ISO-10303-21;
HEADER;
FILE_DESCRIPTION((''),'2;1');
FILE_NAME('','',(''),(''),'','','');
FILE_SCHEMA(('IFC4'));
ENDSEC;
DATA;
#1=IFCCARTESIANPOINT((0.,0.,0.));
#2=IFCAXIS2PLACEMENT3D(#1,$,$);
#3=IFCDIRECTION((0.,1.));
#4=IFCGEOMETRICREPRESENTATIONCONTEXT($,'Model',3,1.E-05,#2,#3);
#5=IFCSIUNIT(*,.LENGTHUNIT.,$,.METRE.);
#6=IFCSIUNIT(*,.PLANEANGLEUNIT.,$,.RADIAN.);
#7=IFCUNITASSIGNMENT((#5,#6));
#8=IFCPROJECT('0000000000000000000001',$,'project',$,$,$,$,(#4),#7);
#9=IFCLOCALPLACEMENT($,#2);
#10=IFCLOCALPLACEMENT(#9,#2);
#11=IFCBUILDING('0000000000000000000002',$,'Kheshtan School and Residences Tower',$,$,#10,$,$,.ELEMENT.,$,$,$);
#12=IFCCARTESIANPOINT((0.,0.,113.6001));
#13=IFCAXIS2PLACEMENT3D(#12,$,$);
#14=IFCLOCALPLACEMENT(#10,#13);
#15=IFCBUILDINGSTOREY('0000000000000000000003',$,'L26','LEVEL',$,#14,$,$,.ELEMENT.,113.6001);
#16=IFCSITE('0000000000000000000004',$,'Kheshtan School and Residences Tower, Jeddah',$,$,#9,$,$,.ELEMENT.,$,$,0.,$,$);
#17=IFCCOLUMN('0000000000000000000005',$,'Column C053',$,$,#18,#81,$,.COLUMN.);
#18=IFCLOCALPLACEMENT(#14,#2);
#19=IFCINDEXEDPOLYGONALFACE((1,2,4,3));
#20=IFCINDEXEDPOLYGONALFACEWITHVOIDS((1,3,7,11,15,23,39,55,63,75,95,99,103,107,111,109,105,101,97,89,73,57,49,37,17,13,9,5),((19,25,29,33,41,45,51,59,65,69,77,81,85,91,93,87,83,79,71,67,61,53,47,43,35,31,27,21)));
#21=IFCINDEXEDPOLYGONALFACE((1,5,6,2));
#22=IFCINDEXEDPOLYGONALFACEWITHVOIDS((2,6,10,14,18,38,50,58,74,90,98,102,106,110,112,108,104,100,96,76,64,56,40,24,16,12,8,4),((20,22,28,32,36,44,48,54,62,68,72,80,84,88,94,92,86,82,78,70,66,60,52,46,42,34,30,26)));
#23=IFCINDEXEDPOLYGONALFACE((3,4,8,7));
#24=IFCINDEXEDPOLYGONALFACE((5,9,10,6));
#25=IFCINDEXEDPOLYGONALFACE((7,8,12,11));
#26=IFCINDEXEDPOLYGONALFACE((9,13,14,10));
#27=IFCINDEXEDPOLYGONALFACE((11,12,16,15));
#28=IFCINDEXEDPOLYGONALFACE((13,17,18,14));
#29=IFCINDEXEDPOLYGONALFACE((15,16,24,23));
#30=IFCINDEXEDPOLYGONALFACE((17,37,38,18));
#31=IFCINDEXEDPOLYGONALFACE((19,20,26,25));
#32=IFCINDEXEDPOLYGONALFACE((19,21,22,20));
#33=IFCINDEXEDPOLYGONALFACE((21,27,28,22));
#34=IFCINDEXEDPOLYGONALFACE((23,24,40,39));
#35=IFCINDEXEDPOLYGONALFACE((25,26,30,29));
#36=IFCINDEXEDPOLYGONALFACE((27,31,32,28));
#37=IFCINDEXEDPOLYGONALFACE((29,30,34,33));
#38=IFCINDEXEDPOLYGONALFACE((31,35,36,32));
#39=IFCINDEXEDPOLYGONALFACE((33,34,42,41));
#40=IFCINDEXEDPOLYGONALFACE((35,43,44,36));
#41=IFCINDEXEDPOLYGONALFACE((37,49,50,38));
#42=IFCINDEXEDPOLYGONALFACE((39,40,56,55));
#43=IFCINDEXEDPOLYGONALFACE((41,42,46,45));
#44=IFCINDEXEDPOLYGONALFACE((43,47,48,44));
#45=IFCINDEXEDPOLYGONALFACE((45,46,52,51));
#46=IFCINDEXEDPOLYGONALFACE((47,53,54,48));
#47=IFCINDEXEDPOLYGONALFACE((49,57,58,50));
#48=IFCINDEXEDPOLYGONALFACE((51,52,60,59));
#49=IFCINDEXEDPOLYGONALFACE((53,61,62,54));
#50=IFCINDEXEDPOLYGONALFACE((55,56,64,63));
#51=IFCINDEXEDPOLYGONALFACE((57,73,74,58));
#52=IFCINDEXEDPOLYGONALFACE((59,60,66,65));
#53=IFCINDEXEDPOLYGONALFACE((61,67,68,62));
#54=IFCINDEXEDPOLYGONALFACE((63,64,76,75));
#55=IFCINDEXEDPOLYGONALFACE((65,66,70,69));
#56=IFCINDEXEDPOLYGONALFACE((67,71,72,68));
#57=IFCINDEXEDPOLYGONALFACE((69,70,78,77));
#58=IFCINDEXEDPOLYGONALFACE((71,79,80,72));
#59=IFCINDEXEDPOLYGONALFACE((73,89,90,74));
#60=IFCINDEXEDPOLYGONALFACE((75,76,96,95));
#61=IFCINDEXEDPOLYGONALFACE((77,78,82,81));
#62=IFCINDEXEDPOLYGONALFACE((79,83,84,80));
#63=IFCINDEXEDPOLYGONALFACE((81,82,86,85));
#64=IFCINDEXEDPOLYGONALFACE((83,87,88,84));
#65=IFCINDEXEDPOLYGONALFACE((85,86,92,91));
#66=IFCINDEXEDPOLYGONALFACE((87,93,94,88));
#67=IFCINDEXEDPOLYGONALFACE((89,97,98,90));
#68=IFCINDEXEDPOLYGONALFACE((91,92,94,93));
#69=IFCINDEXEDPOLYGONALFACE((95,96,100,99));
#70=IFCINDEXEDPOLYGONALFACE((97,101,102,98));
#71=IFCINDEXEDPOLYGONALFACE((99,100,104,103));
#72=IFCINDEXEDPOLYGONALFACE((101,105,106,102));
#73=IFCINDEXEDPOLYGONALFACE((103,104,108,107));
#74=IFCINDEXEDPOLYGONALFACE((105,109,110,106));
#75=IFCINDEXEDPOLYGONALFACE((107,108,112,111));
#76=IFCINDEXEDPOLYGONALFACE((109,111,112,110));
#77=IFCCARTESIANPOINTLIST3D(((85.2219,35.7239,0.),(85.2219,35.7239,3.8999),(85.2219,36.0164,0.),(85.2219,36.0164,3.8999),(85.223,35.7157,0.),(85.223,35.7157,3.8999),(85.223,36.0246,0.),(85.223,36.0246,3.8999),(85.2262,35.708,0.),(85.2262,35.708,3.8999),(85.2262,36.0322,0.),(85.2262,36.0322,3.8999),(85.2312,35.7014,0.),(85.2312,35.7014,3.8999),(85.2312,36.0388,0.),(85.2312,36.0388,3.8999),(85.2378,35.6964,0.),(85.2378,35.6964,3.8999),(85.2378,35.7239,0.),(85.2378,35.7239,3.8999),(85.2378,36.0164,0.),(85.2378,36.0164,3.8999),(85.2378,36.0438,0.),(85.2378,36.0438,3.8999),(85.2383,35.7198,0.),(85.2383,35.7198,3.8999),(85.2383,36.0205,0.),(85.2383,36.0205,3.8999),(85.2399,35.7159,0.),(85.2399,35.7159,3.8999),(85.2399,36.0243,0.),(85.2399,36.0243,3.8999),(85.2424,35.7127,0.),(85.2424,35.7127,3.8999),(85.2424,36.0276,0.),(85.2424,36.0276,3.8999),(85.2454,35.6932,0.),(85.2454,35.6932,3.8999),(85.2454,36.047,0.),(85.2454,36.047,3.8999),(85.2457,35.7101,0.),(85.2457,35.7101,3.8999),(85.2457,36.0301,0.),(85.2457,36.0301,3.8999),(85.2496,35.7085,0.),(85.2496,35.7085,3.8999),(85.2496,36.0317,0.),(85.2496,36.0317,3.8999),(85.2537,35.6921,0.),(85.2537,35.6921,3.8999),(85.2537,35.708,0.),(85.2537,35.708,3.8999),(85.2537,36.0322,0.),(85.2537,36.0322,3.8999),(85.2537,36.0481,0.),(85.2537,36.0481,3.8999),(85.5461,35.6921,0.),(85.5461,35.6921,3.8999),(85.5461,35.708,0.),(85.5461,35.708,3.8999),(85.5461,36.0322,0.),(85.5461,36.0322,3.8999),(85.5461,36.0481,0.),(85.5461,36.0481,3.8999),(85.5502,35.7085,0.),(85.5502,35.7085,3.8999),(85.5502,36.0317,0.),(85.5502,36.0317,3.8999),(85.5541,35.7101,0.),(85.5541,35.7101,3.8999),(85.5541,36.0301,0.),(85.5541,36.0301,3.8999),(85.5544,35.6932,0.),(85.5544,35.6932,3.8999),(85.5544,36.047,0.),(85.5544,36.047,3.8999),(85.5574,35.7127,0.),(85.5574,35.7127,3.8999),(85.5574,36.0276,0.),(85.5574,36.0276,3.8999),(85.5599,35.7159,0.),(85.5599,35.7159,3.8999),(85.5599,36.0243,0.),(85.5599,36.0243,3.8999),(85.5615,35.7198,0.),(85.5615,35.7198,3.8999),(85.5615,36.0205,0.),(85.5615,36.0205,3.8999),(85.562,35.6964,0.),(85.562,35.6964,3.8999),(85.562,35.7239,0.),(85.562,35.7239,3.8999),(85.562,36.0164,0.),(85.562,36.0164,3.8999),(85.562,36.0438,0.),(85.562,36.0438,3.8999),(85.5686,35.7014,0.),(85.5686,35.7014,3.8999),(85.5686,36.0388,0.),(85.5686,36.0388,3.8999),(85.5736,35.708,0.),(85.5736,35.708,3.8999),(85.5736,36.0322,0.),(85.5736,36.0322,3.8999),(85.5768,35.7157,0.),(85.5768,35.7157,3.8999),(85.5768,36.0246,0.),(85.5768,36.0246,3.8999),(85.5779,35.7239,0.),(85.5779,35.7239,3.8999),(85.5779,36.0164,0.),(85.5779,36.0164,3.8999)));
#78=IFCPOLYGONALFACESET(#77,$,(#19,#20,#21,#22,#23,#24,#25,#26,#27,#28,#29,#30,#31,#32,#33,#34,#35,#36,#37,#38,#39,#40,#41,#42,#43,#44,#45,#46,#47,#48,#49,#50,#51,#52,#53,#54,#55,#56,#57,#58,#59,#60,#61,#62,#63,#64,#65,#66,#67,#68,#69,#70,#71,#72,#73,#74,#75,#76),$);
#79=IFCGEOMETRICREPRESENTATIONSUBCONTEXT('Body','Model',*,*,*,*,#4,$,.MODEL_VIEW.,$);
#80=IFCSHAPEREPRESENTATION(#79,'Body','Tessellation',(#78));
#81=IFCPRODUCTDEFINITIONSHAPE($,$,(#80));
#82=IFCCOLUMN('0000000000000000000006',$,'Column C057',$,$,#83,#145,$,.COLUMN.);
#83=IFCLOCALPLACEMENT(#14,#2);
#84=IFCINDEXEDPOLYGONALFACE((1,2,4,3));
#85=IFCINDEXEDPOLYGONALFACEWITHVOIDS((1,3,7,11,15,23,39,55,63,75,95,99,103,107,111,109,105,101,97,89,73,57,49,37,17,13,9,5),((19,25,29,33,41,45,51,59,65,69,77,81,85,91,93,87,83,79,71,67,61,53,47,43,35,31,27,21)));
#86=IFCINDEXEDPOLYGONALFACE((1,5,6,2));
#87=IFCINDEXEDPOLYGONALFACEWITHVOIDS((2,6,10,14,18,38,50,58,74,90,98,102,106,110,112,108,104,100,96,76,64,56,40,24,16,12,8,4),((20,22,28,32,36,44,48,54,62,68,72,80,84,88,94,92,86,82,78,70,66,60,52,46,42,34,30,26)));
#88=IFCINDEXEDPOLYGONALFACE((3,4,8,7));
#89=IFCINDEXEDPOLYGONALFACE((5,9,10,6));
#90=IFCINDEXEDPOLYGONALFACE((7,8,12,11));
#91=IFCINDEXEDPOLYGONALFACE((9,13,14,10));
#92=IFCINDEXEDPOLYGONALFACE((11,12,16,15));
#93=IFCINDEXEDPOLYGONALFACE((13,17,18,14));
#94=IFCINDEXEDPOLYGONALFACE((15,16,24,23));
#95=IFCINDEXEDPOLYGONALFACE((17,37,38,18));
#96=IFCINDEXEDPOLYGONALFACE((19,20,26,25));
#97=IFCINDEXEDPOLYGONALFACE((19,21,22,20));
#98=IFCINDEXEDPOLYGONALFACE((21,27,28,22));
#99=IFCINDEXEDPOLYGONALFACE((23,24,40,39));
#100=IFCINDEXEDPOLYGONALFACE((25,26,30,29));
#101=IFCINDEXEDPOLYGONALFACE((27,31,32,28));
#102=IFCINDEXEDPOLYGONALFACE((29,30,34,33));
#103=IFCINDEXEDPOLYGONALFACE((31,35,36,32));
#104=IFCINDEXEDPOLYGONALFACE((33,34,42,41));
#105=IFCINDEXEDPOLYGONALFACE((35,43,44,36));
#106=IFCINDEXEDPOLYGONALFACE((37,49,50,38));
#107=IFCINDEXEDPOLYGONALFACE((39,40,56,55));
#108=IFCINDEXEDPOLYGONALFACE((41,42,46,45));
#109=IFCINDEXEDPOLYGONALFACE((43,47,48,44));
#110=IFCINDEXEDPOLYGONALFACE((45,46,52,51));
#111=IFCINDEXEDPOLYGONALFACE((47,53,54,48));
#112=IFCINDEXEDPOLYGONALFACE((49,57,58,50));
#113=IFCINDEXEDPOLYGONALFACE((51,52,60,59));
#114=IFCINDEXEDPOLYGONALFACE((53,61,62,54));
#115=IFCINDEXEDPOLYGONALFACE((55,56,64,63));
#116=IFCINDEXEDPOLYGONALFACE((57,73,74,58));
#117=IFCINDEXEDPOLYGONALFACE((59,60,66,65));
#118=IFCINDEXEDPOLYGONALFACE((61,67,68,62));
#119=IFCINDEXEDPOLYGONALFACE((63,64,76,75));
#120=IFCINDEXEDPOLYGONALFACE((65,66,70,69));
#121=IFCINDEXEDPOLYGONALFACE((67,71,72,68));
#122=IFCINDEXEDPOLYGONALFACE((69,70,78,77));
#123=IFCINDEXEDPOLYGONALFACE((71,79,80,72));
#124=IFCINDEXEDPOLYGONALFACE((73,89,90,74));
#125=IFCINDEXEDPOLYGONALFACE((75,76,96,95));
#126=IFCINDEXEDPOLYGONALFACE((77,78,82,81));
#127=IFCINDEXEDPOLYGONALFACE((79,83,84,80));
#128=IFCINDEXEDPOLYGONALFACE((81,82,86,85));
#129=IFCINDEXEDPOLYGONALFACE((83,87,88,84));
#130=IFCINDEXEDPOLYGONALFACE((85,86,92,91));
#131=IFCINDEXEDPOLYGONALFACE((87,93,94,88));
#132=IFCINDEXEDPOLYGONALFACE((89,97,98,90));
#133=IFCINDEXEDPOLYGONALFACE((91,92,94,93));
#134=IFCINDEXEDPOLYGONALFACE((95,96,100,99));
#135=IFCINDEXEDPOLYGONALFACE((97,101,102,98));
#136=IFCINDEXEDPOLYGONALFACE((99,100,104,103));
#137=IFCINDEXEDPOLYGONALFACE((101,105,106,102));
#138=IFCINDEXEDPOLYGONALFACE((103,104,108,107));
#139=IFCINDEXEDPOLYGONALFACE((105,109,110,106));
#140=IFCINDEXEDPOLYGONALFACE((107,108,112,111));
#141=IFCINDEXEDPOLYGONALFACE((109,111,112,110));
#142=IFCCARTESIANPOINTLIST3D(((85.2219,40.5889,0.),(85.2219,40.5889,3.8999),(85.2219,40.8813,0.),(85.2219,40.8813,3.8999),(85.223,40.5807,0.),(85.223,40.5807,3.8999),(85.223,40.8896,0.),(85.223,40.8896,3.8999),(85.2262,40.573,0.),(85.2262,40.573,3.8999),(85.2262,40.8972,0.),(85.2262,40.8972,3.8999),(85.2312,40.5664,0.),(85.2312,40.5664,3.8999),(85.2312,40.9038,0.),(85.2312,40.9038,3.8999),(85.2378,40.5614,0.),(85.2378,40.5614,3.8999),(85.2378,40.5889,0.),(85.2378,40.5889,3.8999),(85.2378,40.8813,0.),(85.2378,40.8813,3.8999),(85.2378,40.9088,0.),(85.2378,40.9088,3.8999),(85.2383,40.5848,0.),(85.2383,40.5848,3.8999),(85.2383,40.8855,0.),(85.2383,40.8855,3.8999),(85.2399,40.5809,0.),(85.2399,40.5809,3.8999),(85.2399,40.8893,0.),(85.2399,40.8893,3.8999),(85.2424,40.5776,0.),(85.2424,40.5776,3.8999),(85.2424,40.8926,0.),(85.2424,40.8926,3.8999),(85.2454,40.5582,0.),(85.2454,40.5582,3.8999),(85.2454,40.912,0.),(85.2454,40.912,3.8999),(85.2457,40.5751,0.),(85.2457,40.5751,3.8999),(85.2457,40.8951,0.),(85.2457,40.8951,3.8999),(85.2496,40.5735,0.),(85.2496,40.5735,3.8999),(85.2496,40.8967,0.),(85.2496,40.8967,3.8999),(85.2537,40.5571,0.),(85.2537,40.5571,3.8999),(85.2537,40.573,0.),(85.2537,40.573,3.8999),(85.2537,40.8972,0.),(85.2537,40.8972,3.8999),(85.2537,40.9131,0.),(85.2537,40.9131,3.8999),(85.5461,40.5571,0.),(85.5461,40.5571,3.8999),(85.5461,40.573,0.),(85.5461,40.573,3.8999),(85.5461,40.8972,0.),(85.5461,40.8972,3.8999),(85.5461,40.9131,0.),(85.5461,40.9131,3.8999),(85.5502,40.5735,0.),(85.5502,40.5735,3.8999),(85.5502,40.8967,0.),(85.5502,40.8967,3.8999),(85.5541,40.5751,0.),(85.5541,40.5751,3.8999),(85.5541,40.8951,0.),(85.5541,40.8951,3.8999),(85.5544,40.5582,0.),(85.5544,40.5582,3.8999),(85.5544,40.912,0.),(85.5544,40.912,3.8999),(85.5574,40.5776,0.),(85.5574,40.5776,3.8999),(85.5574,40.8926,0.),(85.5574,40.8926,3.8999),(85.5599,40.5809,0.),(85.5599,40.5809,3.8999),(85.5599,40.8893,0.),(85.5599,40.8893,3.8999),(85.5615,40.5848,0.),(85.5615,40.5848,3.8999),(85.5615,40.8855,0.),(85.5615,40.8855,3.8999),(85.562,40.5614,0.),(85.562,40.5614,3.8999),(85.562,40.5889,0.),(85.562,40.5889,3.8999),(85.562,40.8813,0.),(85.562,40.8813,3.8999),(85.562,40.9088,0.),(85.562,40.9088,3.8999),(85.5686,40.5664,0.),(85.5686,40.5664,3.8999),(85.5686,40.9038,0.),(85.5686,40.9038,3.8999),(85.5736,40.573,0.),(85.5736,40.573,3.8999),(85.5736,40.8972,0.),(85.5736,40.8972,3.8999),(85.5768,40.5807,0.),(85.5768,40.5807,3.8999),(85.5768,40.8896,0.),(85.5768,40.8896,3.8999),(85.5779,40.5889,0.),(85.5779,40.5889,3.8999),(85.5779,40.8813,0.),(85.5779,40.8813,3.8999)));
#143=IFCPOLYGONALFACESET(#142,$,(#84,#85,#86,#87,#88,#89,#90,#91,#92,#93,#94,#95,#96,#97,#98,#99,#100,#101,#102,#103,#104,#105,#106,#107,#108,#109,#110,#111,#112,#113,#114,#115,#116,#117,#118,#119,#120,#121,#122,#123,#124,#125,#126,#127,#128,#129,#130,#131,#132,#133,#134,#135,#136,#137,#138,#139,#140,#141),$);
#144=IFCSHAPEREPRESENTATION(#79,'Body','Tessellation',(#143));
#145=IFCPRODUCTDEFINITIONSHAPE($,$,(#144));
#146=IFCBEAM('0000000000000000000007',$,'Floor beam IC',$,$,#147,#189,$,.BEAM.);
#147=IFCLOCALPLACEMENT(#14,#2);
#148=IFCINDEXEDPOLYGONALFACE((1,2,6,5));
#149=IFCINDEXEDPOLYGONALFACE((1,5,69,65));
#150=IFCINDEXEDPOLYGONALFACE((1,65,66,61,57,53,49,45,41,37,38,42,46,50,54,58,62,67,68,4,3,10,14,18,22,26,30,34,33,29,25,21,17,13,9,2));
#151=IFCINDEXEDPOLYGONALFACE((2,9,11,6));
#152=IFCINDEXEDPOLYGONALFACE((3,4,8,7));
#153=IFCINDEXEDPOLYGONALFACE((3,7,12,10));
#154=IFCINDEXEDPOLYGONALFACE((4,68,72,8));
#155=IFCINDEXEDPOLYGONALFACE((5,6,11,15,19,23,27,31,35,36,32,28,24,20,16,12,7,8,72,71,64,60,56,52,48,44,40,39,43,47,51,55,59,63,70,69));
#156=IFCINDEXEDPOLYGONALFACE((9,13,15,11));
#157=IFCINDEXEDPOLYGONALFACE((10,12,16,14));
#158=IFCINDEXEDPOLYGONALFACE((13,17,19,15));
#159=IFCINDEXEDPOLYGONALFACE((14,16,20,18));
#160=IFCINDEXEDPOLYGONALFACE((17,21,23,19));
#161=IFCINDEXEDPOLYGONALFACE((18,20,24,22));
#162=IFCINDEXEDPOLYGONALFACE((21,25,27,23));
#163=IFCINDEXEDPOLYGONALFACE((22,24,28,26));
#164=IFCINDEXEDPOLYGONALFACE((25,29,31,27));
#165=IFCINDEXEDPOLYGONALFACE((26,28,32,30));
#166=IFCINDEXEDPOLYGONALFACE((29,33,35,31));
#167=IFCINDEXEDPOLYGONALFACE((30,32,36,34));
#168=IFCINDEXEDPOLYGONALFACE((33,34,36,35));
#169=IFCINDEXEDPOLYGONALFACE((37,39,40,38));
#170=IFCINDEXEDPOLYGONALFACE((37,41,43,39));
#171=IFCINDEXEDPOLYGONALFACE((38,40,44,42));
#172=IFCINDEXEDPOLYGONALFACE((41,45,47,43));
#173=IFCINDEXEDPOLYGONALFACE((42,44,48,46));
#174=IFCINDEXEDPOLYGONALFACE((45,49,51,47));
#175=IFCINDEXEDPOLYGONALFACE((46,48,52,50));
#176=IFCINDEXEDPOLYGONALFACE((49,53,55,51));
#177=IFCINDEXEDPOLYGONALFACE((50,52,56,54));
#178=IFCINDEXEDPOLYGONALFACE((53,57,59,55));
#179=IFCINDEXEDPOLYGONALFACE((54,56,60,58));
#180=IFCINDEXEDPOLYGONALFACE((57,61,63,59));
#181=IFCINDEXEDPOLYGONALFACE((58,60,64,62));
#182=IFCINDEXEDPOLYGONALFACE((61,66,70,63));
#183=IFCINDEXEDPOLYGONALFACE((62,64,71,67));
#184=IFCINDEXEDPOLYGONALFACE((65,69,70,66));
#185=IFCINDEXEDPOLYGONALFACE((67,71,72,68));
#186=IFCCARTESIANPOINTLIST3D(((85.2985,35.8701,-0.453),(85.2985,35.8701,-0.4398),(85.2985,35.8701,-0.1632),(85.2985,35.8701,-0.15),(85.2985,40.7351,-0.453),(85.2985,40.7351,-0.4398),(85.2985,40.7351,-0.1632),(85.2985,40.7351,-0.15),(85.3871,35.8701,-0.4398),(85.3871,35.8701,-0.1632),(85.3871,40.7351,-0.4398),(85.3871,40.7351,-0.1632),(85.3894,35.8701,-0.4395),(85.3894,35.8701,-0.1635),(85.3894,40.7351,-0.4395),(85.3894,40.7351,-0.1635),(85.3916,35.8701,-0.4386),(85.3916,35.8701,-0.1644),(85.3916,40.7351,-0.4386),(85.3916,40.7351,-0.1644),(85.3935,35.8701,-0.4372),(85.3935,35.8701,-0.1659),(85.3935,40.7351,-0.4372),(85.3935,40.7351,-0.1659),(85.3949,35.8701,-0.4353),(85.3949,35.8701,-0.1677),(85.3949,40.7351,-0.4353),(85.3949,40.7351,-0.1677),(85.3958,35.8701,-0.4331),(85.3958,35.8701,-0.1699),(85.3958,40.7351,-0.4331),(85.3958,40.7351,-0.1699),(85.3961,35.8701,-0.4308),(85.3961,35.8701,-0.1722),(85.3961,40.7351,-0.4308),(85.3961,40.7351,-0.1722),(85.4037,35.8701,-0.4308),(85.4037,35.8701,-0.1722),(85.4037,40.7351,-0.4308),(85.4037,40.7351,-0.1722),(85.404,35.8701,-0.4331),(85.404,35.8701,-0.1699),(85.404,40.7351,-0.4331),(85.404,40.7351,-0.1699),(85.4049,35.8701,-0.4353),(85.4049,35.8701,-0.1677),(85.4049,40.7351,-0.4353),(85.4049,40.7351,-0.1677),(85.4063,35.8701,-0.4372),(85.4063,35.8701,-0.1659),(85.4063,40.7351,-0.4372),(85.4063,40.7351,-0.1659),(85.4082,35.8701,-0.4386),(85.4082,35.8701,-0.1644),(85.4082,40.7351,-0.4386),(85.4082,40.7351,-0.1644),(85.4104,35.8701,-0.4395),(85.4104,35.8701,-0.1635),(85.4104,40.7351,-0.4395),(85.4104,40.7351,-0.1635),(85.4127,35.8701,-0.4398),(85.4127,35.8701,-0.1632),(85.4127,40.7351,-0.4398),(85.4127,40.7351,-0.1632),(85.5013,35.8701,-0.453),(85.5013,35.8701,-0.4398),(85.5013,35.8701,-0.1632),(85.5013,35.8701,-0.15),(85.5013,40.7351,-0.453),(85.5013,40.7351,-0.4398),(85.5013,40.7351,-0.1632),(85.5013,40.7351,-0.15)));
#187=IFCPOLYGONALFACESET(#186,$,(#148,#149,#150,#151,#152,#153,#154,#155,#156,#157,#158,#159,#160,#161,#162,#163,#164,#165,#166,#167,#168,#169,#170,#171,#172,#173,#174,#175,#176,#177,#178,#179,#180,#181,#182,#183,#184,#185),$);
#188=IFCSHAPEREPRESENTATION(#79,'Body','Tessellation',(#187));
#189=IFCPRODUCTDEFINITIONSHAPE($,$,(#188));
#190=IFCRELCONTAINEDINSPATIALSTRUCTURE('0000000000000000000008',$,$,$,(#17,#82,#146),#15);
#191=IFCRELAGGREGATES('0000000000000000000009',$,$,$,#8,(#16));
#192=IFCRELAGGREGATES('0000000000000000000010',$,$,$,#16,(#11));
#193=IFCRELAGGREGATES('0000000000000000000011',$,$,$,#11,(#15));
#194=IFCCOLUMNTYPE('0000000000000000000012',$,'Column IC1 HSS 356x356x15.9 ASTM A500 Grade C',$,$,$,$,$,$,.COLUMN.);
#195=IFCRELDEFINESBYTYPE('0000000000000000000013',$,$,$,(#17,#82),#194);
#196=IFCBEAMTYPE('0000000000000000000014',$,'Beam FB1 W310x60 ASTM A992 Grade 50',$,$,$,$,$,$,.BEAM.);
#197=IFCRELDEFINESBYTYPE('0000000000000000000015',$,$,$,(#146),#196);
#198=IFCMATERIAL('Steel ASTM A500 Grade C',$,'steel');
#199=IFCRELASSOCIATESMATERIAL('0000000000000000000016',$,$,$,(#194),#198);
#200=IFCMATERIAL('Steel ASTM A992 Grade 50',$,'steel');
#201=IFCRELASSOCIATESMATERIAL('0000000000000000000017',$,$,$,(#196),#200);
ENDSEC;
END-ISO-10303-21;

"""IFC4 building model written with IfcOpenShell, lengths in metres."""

from ifc_helpers import new_model, si_unit, direction, frame, origin, origin_2d, place, context, subcontext, project, spatial, hollow_rectangle, i_section, extrude, material, material_profile, profile_set, type_object, element, save


model = new_model("IFC4")

# Units and contexts
model_context = context("Model", 3, precision=1e-05, world=origin(), true_north=direction((0.0, 1.0)))
body_context = subcontext(model_context, "Body", "Model", "MODEL_VIEW")
ifc_project = project(units=[si_unit("LENGTHUNIT", "METRE"), si_unit("PLANEANGLEUNIT", "RADIAN")], contexts=[model_context])

# Site, building, storey
site_placement = place(None, origin())
site = spatial("IfcSite", under=ifc_project, at=site_placement, Name="Kheshtan School and Residences Tower, Jeddah", CompositionType="ELEMENT", RefElevation=0.0)
building_placement = place(site_placement, origin())
building = spatial("IfcBuilding", under=site, at=building_placement, Name="Kheshtan School and Residences Tower", CompositionType="ELEMENT")
storey_placement = place(building_placement, frame((0.0, 0.0, 113.6001)))
storey = spatial("IfcBuildingStorey", under=building, at=storey_placement, Name="L26", Description="LEVEL", CompositionType="ELEMENT", Elevation=113.6001)

# Columns
ifc_material_1 = material(Name="Steel ASTM A500 Grade C", Category="steel")
ifc_material_profile_1 = material_profile(ifc_material_1, hollow_rectangle(XDim=0.356, YDim=0.356, WallThickness=0.0159, InnerFilletRadius=0.0159, OuterFilletRadius=0.0317, at=origin_2d()), Name="HSS 356x356x15.9")
ifc_profile_set_1 = profile_set([ifc_material_profile_1], Name="Steel ASTM A500 Grade C")
column_type = type_object("IfcColumnType", Name="Column IC1 HSS 356x356x15.9 ASTM A500 Grade C", PredefinedType="COLUMN", material=ifc_profile_set_1)
for number, where, z_axis, x_axis, name in (
    (1, (85.3999, 35.8701, 0.0), (0.0, 0.0, 1.0), (1.0, 0.0, 0.0), "Column C053"),
    (2, (85.3999, 40.7351, 0.0), (0.0, 0.0, 1.0), (1.0, 0.0, 0.0), "Column C057"),
):
    element("IfcColumn", number, at=place(storey_placement, frame(where, z_axis=z_axis, x_axis=x_axis)), inside=storey, type_object=column_type, Name=name, PredefinedType="COLUMN", context=body_context, shape_type="SweptSolid", body=[
        extrude(hollow_rectangle(XDim=0.356, YDim=0.356, WallThickness=0.0159, InnerFilletRadius=0.0159, OuterFilletRadius=0.0317, at=origin_2d()), origin(), (0.0, 0.0, 1.0), 3.8999),
    ])

# Beam
ifc_material_2 = material(Name="Steel ASTM A992 Grade 50", Category="steel")
ifc_material_profile_2 = material_profile(ifc_material_2, i_section(OverallWidth=0.2029, OverallDepth=0.303, WebThickness=0.0076, FlangeThickness=0.0132, FilletRadius=0.009, at=origin_2d()), Name="W310x60")
ifc_profile_set_2 = profile_set([ifc_material_profile_2], Name="Steel ASTM A992 Grade 50")
beam_type = type_object("IfcBeamType", Name="Beam FB1 W310x60 ASTM A992 Grade 50", PredefinedType="BEAM", material=ifc_profile_set_2)
beam_placement = place(storey_placement, frame((85.3999, 40.7351, -0.3015), z_axis=(0.0, -1.0, 0.0), x_axis=(1.0, 0.0, 0.0)))
element("IfcBeam", 3, at=beam_placement, inside=storey, type_object=beam_type, Name="Floor beam IC", PredefinedType="BEAM", context=body_context, shape_type="SweptSolid", body=[
    extrude(i_section(OverallWidth=0.2029, OverallDepth=0.303, WebThickness=0.0076, FlangeThickness=0.0132, FilletRadius=0.009, at=origin_2d()), origin(), (0.0, 0.0, 1.0), 4.865),
])

save(model, "model.ifc")
